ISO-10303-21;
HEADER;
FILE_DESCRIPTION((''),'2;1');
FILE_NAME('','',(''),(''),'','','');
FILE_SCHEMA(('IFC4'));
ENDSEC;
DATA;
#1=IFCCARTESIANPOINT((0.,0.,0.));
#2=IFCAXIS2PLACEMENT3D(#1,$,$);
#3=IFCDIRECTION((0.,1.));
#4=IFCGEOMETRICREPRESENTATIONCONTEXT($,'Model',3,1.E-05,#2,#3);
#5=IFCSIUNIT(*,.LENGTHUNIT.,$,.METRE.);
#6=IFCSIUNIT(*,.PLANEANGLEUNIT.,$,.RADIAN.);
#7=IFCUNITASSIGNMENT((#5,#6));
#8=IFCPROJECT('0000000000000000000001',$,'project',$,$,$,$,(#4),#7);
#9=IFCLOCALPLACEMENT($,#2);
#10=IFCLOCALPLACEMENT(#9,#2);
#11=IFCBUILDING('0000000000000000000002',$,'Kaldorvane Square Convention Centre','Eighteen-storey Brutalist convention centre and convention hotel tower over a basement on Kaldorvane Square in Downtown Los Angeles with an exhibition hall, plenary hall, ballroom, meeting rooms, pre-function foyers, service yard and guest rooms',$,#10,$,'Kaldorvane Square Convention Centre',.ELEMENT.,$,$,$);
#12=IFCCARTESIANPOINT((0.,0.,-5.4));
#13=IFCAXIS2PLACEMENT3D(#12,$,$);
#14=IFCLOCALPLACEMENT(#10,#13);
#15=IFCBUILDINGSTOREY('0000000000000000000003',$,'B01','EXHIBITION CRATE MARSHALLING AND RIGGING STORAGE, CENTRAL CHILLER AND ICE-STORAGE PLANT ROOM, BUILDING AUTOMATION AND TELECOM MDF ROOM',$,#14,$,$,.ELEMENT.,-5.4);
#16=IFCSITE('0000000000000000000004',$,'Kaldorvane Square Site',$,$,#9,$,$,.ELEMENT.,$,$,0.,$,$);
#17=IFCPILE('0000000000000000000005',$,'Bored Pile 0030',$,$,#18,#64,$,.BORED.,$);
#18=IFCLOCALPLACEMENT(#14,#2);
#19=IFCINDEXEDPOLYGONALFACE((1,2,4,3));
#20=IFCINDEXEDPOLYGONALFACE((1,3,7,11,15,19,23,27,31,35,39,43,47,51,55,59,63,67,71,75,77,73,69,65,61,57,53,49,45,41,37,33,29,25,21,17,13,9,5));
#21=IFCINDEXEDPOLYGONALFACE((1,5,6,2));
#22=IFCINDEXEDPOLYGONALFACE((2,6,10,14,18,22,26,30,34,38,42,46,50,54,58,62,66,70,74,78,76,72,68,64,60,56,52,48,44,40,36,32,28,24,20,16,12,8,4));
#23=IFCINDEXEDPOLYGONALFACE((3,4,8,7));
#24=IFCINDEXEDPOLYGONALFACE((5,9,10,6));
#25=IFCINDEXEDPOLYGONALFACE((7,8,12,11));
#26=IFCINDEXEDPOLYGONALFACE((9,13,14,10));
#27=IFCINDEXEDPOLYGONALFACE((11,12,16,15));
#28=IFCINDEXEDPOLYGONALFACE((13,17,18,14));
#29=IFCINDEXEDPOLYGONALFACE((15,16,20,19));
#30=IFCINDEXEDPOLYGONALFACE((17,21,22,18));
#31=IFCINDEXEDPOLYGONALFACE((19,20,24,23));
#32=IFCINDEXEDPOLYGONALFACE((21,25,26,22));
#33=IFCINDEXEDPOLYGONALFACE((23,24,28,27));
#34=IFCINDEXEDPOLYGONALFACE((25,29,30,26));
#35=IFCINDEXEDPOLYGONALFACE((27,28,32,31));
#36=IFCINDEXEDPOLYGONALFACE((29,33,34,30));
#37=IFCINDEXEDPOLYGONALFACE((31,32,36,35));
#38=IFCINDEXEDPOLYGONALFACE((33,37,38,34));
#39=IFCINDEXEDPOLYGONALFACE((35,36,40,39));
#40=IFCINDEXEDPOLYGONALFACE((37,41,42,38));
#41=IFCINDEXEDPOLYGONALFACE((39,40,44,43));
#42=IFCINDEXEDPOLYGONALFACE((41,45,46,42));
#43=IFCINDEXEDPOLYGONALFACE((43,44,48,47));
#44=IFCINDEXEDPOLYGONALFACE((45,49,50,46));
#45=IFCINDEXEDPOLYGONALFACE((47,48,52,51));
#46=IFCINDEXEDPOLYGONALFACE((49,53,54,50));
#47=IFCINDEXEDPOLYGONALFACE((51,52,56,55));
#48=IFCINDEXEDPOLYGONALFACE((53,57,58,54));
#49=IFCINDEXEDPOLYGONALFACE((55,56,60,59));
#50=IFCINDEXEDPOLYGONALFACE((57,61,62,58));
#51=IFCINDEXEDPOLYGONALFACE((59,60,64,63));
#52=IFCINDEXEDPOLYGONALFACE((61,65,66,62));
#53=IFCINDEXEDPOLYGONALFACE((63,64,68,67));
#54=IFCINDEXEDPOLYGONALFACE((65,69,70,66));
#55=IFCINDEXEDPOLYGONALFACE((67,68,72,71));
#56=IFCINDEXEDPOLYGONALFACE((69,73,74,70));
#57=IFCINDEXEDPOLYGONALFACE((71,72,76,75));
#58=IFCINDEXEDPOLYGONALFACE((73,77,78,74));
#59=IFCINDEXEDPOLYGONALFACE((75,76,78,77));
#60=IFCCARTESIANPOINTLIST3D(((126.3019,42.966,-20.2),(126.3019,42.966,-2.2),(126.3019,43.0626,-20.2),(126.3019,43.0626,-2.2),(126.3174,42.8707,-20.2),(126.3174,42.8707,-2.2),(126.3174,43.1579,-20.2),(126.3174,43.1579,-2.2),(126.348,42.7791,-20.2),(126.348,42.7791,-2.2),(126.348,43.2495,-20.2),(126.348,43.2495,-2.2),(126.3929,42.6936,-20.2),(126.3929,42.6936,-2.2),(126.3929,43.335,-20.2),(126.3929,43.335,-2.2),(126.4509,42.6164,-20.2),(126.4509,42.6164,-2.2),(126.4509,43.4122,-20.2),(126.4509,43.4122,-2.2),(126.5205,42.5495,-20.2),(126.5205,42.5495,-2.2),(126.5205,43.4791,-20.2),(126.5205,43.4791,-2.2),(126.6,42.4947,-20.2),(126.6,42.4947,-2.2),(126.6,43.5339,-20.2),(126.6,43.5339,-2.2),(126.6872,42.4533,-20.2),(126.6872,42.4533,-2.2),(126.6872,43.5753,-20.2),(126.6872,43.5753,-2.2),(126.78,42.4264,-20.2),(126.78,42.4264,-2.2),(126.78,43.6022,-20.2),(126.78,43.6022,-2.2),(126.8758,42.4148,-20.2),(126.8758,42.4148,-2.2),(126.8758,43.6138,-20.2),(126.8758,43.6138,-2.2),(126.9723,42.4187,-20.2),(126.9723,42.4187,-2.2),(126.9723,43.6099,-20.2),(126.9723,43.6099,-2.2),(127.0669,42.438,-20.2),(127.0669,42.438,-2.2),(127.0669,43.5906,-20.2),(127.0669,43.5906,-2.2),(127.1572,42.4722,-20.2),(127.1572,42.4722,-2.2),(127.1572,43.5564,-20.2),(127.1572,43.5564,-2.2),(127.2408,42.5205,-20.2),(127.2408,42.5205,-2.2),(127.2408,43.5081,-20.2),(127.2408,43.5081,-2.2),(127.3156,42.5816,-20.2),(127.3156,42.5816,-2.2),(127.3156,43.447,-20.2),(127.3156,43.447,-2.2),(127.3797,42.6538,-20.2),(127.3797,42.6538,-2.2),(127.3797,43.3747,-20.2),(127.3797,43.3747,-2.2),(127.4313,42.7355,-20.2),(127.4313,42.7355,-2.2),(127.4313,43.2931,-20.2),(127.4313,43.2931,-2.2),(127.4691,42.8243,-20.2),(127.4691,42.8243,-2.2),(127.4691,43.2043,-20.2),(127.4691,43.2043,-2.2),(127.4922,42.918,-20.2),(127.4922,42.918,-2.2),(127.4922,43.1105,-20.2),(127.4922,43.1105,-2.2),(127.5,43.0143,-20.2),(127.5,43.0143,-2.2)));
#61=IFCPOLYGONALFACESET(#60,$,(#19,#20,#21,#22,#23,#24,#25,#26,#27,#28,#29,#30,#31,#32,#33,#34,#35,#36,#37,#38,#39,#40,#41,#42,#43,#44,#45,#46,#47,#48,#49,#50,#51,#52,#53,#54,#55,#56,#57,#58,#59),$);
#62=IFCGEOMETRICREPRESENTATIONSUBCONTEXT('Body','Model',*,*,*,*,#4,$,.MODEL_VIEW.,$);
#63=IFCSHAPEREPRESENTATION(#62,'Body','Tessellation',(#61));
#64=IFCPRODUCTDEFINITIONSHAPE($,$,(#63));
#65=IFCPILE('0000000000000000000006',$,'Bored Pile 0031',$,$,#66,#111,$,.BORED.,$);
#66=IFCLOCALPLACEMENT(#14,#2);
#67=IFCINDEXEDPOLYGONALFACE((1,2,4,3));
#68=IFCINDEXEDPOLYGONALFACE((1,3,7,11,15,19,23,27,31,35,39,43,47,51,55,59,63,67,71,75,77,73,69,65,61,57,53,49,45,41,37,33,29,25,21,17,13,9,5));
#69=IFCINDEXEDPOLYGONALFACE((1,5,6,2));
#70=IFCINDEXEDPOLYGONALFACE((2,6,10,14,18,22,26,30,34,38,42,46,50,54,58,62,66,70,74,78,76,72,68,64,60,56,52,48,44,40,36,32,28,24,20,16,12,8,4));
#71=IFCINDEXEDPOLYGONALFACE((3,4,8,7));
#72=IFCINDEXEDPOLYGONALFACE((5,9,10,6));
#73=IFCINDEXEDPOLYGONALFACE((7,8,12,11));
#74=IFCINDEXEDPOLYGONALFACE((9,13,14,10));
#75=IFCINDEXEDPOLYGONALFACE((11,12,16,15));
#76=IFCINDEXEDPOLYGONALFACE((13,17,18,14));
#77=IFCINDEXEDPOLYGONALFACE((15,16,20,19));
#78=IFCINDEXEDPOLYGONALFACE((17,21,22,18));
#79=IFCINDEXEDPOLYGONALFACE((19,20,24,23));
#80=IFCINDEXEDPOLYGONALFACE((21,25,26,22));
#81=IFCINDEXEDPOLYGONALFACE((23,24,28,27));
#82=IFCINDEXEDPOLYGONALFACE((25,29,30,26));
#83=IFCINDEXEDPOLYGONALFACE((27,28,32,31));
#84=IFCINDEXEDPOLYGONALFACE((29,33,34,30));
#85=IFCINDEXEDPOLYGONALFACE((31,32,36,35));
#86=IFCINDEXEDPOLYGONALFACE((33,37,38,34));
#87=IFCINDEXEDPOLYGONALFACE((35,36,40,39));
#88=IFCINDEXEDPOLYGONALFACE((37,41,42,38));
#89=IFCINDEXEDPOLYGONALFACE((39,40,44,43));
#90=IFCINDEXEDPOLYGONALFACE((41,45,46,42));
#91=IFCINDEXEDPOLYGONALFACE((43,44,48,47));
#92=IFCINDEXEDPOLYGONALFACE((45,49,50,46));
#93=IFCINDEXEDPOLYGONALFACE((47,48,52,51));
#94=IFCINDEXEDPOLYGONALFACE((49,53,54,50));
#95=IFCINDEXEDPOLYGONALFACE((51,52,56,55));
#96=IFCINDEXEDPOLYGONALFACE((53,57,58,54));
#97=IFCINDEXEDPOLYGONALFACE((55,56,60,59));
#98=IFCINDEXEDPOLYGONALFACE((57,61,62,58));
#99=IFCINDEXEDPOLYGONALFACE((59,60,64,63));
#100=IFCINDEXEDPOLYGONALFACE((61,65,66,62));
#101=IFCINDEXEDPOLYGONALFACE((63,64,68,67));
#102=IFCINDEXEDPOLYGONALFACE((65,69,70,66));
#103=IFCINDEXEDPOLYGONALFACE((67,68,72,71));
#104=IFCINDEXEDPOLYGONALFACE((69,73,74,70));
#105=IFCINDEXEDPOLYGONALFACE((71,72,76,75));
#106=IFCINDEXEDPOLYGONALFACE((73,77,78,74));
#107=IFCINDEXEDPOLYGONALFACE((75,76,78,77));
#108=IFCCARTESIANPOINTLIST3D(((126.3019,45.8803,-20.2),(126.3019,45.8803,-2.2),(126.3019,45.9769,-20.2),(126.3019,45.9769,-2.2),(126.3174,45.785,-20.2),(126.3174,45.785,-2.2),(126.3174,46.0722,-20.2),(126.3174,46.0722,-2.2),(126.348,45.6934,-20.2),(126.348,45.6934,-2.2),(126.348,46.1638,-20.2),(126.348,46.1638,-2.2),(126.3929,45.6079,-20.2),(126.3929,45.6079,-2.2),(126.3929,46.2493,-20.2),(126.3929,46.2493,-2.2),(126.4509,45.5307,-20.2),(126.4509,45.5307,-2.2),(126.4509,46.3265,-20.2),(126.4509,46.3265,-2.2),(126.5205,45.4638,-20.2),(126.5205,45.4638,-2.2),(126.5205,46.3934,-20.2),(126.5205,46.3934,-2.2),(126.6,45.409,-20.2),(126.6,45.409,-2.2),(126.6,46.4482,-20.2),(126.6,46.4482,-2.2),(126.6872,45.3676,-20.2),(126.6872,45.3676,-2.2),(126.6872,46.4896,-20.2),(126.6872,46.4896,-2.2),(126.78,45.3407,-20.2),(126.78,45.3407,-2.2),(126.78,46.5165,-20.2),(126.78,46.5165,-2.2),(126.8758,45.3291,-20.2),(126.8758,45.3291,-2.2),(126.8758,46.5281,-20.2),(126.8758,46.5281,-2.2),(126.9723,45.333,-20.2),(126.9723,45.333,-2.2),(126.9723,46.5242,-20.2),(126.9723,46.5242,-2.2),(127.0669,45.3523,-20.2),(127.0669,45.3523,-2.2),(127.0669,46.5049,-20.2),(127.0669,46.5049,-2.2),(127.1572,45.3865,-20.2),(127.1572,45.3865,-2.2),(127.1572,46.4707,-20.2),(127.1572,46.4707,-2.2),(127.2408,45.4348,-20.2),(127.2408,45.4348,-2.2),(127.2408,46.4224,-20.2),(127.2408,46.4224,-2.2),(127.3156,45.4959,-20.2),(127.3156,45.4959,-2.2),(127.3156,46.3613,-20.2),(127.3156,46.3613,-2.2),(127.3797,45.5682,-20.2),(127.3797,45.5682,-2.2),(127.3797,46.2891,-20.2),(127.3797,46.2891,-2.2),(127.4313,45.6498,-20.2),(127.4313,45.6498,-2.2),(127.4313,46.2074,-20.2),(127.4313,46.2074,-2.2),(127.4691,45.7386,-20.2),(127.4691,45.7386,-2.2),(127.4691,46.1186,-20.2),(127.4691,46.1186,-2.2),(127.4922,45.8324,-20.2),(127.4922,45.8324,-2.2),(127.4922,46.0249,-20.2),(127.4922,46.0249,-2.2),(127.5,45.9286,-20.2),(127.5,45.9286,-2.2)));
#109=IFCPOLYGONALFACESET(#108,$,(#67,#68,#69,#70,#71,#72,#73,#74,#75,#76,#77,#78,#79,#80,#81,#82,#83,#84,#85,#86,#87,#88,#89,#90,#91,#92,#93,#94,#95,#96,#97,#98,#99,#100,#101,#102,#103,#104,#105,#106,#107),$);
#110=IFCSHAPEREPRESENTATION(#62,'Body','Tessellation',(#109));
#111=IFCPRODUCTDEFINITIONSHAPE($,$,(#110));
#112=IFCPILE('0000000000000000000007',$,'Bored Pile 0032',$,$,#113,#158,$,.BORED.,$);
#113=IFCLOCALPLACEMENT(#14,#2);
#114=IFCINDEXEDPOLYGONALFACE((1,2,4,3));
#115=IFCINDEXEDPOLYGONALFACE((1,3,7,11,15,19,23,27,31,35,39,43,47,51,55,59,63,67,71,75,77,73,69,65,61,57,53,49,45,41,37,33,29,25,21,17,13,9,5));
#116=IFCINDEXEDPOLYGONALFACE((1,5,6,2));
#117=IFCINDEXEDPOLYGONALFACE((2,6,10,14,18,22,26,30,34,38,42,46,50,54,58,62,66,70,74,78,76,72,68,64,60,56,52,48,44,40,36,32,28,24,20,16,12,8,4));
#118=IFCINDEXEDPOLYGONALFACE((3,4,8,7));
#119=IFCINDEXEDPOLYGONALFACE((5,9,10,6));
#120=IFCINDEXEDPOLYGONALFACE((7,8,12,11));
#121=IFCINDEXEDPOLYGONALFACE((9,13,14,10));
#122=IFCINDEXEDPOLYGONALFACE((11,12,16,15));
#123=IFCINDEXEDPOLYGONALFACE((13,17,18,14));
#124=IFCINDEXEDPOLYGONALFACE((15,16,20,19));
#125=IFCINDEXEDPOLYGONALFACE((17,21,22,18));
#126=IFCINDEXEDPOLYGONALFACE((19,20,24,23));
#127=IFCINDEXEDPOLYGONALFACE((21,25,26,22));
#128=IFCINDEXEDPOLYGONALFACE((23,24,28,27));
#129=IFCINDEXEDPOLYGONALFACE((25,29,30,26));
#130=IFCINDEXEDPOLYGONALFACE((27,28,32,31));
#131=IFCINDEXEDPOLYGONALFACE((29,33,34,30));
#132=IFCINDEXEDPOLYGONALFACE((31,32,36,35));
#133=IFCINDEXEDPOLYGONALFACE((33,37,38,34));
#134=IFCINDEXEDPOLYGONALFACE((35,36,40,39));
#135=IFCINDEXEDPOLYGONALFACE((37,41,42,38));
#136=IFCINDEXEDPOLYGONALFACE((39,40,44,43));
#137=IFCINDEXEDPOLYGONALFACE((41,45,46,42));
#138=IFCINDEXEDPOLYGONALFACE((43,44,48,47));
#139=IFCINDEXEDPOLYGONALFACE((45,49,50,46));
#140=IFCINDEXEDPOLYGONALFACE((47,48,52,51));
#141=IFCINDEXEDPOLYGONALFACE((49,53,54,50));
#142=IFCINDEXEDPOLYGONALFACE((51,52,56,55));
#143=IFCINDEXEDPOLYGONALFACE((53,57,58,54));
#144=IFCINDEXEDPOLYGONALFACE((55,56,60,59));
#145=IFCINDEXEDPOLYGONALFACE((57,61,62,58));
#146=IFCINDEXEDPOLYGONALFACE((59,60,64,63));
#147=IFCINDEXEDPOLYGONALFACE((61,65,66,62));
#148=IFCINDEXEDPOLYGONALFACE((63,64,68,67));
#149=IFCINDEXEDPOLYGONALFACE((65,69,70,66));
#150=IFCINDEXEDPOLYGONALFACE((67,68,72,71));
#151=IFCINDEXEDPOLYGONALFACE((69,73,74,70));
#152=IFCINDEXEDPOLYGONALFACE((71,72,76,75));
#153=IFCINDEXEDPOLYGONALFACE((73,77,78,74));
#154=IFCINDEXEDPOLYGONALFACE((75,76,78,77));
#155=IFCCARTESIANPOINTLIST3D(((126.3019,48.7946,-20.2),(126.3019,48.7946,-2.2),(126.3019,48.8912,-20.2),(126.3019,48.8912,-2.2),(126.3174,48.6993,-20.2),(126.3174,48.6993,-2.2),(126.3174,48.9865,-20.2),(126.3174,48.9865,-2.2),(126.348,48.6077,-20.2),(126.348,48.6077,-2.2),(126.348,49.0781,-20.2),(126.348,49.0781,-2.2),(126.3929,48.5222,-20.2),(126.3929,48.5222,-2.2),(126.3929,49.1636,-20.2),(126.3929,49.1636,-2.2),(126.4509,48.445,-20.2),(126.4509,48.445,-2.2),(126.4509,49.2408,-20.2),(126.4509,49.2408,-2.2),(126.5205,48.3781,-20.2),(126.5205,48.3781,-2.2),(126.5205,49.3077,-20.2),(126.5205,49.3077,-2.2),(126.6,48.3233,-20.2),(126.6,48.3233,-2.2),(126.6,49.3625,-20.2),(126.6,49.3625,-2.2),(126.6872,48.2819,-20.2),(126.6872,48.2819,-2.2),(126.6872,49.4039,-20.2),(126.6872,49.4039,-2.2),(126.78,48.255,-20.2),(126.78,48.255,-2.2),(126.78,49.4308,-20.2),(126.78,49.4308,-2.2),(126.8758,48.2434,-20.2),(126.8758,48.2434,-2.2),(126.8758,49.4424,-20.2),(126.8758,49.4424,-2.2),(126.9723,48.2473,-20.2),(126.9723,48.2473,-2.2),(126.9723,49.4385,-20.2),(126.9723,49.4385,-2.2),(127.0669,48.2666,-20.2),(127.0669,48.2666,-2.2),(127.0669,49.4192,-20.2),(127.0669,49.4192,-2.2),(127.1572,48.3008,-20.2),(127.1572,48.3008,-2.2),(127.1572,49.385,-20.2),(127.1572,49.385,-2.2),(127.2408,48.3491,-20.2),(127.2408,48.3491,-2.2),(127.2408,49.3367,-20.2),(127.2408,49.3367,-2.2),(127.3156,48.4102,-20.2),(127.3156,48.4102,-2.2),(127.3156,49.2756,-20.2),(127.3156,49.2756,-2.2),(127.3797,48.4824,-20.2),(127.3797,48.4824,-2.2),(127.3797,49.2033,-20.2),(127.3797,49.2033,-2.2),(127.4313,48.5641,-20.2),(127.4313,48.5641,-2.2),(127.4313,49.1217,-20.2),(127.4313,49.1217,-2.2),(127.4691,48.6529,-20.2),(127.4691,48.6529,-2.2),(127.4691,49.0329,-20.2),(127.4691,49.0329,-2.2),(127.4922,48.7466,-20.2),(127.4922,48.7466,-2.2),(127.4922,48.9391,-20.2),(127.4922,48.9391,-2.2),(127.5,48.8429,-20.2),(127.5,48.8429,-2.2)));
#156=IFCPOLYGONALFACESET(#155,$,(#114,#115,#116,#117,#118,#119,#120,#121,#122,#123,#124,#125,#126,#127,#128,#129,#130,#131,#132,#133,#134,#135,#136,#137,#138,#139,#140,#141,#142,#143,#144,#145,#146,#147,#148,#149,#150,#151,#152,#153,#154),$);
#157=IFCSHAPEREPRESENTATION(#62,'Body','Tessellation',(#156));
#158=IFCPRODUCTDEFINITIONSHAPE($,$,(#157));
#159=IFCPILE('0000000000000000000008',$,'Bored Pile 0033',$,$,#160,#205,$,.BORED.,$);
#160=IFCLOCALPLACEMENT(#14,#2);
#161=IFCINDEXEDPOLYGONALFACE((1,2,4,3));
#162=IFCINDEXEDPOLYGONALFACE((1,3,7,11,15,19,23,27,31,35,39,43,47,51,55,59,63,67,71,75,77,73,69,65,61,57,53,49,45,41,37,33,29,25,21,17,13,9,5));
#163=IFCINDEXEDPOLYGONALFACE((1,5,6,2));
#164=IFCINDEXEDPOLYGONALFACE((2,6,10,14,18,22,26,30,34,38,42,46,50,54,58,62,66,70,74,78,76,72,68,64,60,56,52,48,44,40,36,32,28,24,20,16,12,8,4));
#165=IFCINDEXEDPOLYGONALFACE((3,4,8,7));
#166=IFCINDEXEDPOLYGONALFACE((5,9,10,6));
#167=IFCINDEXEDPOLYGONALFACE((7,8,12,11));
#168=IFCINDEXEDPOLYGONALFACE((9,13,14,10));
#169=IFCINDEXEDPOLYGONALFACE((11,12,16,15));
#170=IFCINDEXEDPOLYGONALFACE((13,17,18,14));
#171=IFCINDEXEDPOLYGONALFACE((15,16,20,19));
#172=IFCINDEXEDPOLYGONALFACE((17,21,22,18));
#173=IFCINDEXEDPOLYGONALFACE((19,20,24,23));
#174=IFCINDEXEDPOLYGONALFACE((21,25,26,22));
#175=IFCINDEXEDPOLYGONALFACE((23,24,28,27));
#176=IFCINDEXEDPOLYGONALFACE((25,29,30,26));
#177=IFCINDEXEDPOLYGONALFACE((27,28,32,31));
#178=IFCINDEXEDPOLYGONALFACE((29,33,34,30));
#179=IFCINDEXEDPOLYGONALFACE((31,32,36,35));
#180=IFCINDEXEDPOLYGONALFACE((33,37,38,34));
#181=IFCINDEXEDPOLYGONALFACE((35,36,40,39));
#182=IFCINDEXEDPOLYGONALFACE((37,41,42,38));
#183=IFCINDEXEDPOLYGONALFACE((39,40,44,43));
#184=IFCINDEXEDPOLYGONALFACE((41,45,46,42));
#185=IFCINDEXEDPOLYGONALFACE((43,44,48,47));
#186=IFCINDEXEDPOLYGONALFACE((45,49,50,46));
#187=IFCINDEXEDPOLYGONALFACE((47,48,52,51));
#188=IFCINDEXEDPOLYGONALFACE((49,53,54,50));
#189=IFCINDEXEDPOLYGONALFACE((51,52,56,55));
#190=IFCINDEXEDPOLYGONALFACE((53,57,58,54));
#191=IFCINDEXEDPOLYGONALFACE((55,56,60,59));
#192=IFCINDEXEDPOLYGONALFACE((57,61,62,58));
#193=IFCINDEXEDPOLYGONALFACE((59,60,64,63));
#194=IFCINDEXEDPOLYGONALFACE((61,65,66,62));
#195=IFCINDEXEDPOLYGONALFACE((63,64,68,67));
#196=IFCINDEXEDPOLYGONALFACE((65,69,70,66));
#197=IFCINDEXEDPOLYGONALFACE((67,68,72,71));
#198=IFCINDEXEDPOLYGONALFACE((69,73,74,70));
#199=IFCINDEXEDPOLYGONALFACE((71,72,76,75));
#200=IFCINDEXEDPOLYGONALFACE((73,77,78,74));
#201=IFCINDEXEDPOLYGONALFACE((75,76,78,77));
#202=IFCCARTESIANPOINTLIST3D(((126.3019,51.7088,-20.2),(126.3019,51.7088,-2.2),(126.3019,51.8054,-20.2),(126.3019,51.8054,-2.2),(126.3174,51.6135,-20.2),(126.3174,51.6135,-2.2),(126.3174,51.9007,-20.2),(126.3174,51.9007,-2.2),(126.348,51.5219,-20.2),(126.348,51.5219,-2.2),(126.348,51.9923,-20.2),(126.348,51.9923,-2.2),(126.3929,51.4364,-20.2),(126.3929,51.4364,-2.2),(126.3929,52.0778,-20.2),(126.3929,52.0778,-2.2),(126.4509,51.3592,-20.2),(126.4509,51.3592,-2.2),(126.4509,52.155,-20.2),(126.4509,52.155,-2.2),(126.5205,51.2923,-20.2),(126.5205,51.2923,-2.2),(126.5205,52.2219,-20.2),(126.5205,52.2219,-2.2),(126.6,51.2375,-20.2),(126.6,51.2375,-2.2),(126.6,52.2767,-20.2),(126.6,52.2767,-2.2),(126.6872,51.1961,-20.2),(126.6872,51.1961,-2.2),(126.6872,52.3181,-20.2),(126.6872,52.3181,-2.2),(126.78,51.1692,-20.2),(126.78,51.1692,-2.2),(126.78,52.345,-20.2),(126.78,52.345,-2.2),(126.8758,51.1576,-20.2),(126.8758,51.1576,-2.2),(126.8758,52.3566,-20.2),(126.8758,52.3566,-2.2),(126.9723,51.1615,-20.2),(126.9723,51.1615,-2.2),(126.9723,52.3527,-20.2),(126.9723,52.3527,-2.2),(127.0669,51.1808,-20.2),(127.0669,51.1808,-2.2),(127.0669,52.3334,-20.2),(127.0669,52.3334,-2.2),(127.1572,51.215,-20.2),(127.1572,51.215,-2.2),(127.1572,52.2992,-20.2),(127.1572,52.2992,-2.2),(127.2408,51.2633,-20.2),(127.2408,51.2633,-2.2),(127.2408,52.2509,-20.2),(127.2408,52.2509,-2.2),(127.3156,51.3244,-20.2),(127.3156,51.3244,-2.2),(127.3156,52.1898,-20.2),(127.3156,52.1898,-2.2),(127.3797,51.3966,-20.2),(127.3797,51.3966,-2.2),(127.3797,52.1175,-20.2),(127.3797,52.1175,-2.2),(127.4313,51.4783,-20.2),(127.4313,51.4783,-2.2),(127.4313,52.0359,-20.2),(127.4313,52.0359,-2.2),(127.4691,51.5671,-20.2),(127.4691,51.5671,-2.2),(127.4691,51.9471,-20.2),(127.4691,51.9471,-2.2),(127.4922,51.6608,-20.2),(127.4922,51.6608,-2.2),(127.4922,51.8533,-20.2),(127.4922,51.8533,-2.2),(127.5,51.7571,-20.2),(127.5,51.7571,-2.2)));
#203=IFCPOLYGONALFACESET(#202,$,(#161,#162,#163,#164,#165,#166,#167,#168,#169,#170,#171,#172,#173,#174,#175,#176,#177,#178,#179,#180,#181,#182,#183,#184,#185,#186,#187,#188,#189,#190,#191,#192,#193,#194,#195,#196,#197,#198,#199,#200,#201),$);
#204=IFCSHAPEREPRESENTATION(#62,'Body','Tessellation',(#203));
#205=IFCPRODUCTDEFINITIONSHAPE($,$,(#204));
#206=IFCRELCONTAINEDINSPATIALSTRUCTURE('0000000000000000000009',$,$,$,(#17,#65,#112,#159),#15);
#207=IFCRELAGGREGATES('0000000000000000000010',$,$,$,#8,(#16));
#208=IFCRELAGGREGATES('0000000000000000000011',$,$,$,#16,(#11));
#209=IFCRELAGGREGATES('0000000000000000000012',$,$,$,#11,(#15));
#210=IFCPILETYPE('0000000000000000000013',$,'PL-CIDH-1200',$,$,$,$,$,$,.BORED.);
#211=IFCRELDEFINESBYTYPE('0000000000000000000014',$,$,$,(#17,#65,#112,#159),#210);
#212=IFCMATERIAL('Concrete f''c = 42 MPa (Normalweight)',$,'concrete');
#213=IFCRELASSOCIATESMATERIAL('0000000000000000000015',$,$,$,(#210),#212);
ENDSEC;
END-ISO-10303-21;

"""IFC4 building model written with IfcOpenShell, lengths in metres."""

from ifc_helpers import new_model, si_unit, direction, frame, origin, origin_2d, place, context, subcontext, project, spatial, circle, extrude, material, material_profile, profile_set, type_object, element, save


model = new_model("IFC4")

# Units and contexts
model_context = context("Model", 3, precision=1e-05, world=origin(), true_north=direction((0.0, 1.0)))
body_context = subcontext(model_context, "Body", "Model", "MODEL_VIEW")
ifc_project = project(units=[si_unit("LENGTHUNIT", "METRE"), si_unit("PLANEANGLEUNIT", "RADIAN")], contexts=[model_context])

# Site, building, storey
site_placement = place(None, origin())
site = spatial("IfcSite", under=ifc_project, at=site_placement, Name="Kaldorvane Square Site", CompositionType="ELEMENT", RefElevation=0.0)
building_placement = place(site_placement, origin())
building = spatial("IfcBuilding", under=site, at=building_placement, Name="Kaldorvane Square Convention Centre", Description="Eighteen-storey Brutalist convention centre and convention hotel tower over a basement on Kaldorvane Square in Downtown Los Angeles with an exhibition hall, plenary hall, ballroom, meeting rooms, pre-function foyers, service yard and guest rooms", LongName="Kaldorvane Square Convention Centre", CompositionType="ELEMENT")
storey_placement = place(building_placement, frame((0.0, 0.0, -5.4)))
storey = spatial("IfcBuildingStorey", under=building, at=storey_placement, Name="B01", Description="EXHIBITION CRATE MARSHALLING AND RIGGING STORAGE, CENTRAL CHILLER AND ICE-STORAGE PLANT ROOM, BUILDING AUTOMATION AND TELECOM MDF ROOM", CompositionType="ELEMENT", Elevation=-5.4)

# Piles
ifc_material_1 = material(Name="Concrete f'c = 42 MPa (Normalweight)", Category="concrete")
ifc_material_profile_1 = material_profile(ifc_material_1, circle(Radius=0.6, at=origin_2d()), Name="PILE-D1200")
ifc_profile_set_1 = profile_set([ifc_material_profile_1], Name="Concrete f'c = 42 MPa (Normalweight)")
pile_type_1 = type_object("IfcPileType", Name="PL-CIDH-1200", PredefinedType="BORED", material=ifc_profile_set_1)
for number, where, z_axis, x_axis, name in (
    (1, (126.9, 43.0143, -2.2), (0.0, 0.0, -1.0), (1.0, 0.0, 0.0), "Bored Pile 0030"),
    (2, (126.9, 45.9286, -2.2), (0.0, 0.0, -1.0), (1.0, 0.0, 0.0), "Bored Pile 0031"),
    (3, (126.9, 48.8429, -2.2), (0.0, 0.0, -1.0), (1.0, 0.0, 0.0), "Bored Pile 0032"),
    (4, (126.9, 51.7571, -2.2), (0.0, 0.0, -1.0), (1.0, 0.0, 0.0), "Bored Pile 0033"),
):
    element("IfcPile", number, at=place(storey_placement, frame(where, z_axis=z_axis, x_axis=x_axis)), inside=storey, type_object=pile_type_1, Name=name, PredefinedType="BORED", context=body_context, shape_type="SweptSolid", body=[
        extrude(circle(Radius=0.6, at=origin_2d()), origin(), (0.0, 0.0, 1.0), 18.0),
    ])

save(model, "model.ifc")
